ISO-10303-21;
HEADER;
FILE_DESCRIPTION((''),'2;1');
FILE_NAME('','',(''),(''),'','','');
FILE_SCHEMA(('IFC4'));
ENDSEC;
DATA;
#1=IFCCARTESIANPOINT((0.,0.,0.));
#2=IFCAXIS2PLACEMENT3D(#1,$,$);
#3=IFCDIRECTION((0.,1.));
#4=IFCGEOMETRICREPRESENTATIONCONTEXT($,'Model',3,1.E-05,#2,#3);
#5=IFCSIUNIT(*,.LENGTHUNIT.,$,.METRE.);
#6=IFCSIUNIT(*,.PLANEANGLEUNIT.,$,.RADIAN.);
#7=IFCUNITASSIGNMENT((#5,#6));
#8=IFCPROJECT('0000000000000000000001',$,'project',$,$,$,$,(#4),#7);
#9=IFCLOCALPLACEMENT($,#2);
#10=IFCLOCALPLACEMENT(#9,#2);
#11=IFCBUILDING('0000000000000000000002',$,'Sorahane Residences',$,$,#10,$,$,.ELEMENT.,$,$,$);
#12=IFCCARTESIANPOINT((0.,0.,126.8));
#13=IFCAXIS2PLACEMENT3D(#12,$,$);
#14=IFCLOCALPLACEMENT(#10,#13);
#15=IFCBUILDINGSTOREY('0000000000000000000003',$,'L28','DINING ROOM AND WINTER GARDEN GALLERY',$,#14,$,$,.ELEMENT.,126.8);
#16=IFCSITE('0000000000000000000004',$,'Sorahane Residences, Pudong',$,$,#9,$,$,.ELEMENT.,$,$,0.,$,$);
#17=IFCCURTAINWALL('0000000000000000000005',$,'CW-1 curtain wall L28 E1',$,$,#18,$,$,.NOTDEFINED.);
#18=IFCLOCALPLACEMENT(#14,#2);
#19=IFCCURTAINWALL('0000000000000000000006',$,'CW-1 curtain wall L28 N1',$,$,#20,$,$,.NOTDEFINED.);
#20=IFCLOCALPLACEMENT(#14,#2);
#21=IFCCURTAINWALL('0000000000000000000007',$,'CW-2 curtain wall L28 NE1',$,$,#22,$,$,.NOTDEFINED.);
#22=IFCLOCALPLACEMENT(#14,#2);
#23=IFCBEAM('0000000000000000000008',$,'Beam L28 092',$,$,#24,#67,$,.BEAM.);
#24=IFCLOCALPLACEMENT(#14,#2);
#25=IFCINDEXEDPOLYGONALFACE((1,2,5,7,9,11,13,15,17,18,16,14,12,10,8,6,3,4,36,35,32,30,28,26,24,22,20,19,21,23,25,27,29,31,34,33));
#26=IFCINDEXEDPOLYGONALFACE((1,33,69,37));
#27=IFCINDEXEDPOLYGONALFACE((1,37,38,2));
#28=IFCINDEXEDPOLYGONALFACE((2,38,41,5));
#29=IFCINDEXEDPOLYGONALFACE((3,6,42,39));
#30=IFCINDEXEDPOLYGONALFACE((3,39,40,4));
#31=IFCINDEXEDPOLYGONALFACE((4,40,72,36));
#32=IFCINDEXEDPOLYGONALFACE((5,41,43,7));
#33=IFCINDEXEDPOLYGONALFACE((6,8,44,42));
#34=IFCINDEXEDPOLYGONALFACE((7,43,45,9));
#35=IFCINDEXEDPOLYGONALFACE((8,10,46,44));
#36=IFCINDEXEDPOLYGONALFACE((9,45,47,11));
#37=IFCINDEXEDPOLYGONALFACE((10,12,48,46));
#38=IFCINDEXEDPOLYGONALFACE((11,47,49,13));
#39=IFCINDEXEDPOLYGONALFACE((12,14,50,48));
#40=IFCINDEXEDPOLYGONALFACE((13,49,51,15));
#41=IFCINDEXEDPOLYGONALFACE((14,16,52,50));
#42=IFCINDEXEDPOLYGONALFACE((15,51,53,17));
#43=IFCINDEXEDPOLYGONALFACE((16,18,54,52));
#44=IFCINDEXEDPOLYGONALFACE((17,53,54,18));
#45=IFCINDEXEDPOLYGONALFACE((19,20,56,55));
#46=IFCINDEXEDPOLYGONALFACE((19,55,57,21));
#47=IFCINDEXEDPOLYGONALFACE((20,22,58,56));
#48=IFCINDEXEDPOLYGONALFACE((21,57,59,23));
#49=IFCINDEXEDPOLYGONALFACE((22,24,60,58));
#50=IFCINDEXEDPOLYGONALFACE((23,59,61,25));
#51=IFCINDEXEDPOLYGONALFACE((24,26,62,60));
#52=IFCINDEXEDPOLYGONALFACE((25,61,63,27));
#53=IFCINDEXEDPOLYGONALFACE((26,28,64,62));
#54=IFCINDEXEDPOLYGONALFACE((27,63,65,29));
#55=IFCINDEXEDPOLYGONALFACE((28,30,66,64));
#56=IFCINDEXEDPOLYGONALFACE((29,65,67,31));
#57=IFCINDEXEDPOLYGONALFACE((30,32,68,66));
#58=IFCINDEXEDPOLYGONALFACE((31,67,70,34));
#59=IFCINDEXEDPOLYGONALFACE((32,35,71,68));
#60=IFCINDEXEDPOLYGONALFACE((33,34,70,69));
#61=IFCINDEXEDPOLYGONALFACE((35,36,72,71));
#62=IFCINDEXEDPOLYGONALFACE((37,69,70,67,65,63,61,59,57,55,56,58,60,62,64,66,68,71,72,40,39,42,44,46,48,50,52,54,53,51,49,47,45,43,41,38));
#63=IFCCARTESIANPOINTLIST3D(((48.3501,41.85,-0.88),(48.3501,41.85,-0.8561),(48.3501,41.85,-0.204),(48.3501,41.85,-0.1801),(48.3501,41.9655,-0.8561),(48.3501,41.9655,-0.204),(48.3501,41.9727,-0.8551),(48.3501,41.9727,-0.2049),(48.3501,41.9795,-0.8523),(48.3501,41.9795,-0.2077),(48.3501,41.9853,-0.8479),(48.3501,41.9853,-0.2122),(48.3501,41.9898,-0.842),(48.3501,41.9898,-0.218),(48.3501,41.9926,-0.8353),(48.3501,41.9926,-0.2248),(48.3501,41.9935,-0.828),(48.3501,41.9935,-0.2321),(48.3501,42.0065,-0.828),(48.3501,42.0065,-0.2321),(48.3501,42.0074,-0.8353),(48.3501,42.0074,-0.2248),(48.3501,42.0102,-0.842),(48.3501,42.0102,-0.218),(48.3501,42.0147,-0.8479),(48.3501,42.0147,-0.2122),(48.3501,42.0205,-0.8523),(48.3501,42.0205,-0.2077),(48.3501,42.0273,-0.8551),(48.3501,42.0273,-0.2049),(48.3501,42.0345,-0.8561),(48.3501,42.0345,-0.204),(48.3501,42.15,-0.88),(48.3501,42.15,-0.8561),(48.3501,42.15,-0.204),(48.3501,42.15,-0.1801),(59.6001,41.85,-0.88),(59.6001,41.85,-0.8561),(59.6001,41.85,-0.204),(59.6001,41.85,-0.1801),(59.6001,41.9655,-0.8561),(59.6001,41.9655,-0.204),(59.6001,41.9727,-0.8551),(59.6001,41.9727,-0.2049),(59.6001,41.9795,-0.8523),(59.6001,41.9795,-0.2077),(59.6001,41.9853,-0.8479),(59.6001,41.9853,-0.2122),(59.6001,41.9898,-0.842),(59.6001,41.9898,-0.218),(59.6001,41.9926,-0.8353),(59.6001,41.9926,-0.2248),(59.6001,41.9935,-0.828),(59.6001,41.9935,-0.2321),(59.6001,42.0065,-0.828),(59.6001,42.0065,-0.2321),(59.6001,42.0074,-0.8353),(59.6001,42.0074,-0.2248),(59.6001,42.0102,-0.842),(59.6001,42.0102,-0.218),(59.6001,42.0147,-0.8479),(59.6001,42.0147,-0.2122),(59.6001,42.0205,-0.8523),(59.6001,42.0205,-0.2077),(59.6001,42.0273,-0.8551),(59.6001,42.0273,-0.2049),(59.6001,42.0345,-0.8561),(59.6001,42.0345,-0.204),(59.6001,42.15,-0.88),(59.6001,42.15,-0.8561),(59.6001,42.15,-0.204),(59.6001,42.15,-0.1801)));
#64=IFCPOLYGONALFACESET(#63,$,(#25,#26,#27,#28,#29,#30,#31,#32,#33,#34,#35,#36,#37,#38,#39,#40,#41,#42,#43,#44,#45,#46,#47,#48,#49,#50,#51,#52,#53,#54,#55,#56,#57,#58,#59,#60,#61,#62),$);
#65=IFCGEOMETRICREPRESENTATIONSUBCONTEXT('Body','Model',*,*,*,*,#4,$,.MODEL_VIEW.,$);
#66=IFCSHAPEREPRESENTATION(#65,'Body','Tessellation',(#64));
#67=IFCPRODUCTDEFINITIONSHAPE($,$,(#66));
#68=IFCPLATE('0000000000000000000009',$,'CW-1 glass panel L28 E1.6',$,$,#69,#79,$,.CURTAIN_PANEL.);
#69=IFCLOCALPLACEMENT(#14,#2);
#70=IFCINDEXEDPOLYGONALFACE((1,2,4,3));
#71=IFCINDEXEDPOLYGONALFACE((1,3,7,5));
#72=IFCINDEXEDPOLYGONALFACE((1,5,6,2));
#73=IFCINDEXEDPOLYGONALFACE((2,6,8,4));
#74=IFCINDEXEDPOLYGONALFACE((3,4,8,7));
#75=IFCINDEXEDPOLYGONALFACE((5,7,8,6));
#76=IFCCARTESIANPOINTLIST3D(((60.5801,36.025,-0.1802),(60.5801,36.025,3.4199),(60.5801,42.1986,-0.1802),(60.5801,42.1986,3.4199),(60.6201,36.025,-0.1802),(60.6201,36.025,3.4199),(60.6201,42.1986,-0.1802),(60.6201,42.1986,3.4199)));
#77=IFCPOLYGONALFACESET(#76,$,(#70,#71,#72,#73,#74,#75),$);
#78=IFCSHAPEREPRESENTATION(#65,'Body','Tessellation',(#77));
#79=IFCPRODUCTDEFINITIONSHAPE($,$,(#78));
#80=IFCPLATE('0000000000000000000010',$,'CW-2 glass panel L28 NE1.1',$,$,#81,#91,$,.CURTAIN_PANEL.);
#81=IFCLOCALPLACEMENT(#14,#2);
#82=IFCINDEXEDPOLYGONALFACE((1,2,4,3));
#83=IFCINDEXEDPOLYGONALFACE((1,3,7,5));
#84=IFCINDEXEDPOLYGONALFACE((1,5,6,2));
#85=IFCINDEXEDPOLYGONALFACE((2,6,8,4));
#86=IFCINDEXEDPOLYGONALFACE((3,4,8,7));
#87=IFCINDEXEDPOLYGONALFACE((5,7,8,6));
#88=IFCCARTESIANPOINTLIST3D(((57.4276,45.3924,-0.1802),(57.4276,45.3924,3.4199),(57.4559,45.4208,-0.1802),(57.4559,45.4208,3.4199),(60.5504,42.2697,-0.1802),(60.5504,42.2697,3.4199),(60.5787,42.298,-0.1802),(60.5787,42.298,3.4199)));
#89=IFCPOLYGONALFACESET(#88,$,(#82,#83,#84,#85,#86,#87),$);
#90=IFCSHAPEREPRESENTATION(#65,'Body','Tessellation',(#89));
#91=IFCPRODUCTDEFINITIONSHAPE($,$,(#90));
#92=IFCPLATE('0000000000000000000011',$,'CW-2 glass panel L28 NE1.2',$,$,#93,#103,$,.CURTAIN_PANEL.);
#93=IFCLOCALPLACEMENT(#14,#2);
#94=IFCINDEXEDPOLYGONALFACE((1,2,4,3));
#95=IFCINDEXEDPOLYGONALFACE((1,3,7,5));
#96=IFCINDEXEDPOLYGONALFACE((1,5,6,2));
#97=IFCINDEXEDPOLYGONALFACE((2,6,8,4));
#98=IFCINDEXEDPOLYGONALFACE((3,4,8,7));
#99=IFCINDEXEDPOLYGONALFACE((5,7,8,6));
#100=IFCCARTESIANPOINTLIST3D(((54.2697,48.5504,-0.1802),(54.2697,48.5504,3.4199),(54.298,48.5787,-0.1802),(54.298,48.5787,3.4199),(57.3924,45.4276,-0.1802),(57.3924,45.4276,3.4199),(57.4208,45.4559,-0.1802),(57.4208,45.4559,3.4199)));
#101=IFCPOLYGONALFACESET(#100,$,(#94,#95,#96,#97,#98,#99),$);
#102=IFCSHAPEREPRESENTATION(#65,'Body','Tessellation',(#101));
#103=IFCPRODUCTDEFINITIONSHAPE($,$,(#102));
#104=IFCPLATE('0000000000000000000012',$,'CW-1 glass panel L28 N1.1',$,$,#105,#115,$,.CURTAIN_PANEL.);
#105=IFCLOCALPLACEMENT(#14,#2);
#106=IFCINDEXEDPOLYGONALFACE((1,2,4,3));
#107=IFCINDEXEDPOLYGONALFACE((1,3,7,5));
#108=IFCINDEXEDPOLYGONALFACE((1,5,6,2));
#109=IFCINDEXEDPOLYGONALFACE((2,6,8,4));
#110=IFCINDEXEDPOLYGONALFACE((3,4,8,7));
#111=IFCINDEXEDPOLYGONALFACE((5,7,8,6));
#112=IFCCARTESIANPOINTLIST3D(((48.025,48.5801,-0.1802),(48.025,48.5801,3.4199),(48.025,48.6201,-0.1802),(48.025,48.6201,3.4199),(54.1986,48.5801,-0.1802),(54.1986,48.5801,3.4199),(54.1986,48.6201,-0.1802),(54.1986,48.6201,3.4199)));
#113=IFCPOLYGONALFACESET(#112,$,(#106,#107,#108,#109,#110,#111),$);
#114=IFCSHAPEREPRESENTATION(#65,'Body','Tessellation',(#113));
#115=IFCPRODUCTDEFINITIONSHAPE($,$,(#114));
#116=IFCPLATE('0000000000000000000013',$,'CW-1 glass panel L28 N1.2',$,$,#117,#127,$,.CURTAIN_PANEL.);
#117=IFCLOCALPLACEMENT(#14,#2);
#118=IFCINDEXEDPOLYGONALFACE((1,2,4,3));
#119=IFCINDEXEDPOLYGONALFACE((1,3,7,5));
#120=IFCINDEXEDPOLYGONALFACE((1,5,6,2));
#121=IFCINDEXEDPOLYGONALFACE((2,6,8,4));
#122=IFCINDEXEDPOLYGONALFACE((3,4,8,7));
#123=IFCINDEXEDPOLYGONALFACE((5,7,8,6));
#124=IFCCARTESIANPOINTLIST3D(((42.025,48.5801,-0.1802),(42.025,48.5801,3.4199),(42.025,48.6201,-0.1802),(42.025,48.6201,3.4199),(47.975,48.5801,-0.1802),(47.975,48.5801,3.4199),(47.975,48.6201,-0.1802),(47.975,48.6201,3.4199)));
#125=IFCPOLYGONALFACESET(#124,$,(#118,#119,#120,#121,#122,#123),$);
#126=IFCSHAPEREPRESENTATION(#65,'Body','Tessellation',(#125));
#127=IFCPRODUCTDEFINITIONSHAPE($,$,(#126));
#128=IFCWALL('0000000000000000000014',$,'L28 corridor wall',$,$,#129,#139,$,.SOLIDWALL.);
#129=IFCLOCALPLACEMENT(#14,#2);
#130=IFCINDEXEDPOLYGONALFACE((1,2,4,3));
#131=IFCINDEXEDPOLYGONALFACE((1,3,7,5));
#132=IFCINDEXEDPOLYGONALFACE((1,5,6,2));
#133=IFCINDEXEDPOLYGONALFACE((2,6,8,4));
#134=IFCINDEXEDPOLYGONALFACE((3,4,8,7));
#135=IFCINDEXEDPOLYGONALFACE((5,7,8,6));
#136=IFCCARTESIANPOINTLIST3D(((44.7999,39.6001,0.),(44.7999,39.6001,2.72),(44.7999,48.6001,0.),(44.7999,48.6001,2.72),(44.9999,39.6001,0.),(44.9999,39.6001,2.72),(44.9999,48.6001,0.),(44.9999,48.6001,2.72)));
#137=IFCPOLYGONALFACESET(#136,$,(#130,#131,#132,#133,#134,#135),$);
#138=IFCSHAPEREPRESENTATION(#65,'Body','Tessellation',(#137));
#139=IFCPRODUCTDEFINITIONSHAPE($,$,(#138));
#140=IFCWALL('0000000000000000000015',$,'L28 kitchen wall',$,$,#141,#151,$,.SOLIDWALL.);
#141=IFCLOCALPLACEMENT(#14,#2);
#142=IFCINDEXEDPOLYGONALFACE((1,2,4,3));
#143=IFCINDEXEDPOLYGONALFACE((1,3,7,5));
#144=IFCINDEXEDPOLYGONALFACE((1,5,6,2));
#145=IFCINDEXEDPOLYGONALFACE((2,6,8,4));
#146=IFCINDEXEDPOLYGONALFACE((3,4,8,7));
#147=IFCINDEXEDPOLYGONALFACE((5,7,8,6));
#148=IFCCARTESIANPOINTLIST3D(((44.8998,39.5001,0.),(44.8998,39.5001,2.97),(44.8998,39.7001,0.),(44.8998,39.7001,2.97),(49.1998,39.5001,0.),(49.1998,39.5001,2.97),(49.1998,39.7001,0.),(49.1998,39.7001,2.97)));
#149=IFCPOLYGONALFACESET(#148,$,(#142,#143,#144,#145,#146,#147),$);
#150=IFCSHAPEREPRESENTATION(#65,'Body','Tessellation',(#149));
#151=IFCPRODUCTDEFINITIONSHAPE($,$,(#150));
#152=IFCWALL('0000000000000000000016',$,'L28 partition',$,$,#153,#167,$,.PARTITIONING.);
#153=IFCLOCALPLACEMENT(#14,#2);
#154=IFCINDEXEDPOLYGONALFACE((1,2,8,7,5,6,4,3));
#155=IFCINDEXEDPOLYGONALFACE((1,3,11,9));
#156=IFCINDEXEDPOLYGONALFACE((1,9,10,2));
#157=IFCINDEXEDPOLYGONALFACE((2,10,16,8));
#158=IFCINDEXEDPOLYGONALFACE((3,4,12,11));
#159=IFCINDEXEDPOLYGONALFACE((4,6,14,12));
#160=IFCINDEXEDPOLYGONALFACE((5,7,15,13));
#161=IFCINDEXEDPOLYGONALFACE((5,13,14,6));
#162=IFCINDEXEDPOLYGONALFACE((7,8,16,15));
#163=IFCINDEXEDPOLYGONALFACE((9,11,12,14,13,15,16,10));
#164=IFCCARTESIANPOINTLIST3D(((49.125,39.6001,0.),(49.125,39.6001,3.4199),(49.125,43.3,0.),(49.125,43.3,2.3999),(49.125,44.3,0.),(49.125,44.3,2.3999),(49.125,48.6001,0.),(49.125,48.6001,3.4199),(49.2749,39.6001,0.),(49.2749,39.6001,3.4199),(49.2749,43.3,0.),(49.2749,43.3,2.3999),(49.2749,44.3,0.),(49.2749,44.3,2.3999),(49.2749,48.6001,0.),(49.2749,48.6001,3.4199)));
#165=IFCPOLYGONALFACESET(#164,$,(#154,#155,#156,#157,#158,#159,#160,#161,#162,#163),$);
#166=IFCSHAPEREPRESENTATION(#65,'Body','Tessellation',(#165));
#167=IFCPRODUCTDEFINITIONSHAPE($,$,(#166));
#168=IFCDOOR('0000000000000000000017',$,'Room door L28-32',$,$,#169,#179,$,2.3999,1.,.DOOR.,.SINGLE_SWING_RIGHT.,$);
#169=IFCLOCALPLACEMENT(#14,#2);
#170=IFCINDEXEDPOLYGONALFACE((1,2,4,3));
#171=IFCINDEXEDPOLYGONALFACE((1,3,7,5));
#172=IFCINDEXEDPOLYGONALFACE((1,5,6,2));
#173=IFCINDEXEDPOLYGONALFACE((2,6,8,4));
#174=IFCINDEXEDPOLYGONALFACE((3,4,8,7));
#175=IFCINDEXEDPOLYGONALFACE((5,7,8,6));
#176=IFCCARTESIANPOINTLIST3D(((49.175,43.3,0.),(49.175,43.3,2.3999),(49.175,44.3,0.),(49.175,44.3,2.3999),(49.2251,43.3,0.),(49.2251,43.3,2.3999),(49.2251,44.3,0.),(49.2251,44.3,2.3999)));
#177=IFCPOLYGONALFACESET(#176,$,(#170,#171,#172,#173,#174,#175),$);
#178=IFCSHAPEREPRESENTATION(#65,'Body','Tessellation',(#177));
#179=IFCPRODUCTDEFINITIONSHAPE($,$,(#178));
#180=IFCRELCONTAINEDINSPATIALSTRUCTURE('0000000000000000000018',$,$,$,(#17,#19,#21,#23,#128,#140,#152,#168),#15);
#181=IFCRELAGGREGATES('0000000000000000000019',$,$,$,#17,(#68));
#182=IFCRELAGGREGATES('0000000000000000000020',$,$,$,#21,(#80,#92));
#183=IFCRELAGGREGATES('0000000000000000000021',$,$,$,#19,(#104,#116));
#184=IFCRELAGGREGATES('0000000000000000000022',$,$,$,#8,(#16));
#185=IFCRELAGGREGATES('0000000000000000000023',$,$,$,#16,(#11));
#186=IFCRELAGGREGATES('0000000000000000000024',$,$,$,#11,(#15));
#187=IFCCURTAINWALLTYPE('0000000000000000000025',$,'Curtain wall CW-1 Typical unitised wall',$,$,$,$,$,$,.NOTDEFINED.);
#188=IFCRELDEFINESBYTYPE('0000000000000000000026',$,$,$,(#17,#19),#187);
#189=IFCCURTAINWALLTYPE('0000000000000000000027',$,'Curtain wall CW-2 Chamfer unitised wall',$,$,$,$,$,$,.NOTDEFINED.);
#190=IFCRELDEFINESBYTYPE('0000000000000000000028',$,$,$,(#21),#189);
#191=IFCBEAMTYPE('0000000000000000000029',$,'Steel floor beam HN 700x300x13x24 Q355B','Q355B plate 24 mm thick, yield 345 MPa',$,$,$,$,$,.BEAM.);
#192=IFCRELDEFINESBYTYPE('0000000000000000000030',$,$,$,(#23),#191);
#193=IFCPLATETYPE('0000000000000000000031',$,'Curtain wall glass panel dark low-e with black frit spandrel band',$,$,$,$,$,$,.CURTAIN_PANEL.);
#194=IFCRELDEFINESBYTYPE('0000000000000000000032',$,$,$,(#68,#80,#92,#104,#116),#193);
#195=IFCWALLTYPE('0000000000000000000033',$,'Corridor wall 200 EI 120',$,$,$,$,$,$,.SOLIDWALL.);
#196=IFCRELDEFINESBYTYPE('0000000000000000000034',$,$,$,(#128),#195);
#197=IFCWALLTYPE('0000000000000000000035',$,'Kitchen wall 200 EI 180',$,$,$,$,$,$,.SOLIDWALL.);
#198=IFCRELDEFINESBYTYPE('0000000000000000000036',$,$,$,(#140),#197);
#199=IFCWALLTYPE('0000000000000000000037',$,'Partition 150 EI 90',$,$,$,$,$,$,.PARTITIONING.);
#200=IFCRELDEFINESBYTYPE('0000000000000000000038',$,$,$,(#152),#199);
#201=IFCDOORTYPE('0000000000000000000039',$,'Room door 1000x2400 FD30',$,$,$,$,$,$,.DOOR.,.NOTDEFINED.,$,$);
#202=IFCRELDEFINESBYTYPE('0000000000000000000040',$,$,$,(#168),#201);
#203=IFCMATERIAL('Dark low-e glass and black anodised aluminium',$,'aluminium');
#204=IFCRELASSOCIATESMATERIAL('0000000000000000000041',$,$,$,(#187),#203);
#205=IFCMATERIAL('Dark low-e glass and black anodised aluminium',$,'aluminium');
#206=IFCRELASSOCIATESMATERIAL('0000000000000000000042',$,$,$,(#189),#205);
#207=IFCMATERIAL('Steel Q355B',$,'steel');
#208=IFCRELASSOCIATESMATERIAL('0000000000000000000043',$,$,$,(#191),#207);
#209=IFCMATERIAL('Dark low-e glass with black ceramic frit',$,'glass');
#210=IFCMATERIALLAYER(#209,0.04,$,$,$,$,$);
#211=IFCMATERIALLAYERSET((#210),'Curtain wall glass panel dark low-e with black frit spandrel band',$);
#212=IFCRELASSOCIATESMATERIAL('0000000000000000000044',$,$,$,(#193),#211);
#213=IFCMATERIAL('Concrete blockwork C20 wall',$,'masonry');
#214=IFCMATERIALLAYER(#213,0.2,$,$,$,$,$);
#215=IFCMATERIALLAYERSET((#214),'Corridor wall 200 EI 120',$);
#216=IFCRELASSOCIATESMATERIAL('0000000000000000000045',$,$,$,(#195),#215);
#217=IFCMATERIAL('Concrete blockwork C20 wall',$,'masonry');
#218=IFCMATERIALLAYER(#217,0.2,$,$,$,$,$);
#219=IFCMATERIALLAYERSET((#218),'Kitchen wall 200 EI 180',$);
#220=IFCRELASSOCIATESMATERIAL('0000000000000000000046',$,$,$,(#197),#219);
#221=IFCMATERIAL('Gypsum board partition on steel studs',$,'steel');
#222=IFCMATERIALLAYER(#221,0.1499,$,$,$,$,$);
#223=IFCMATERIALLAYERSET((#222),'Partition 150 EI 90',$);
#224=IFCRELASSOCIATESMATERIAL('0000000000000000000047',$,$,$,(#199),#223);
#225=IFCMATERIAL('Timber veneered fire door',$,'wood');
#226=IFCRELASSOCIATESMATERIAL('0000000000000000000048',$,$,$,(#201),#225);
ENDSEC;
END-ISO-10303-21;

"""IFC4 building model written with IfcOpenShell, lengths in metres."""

from ifc_helpers import new_model, si_unit, direction, frame, frame_2d, origin, origin_2d, place, context, subcontext, project, spatial, rectangle, i_section, extrude, material, layer, layer_set, material_profile, profile_set, type_object, element, fill, aggregate, save


model = new_model("IFC4")

# Units and contexts
model_context = context("Model", 3, precision=1e-05, world=origin(), true_north=direction((0.0, 1.0)))
body_context = subcontext(model_context, "Body", "Model", "MODEL_VIEW")
ifc_project = project(units=[si_unit("LENGTHUNIT", "METRE"), si_unit("PLANEANGLEUNIT", "RADIAN")], contexts=[model_context])

# Site, building, storey
site_placement = place(None, origin())
site = spatial("IfcSite", under=ifc_project, at=site_placement, Name="Sorahane Residences, Pudong", CompositionType="ELEMENT", RefElevation=0.0)
building_placement = place(site_placement, origin())
building = spatial("IfcBuilding", under=site, at=building_placement, Name="Sorahane Residences", CompositionType="ELEMENT")
storey_placement = place(building_placement, frame((0.0, 0.0, 126.8)))
storey = spatial("IfcBuildingStorey", under=building, at=storey_placement, Name="L28", Description="DINING ROOM AND WINTER GARDEN GALLERY", CompositionType="ELEMENT", Elevation=126.8)

# Curtain wall
ifc_material_1 = material(Name="Dark low-e glass and black anodised aluminium", Category="aluminium")
curtain_wall_type_1 = type_object("IfcCurtainWallType", Name="Curtain wall CW-1 Typical unitised wall", PredefinedType="NOTDEFINED", material=ifc_material_1)
curtain_wall_1_placement = place(storey_placement, origin())
curtain_wall_1 = element("IfcCurtainWall", 1, at=curtain_wall_1_placement, inside=storey, type_object=curtain_wall_type_1, Name="CW-1 curtain wall L28 E1", PredefinedType="NOTDEFINED")

# Curtain wall
curtain_wall_2_placement = place(storey_placement, origin())
curtain_wall_2 = element("IfcCurtainWall", 2, at=curtain_wall_2_placement, inside=storey, type_object=curtain_wall_type_1, Name="CW-1 curtain wall L28 N1", PredefinedType="NOTDEFINED")

# Curtain wall
ifc_material_2 = material(Name="Dark low-e glass and black anodised aluminium", Category="aluminium")
curtain_wall_type_2 = type_object("IfcCurtainWallType", Name="Curtain wall CW-2 Chamfer unitised wall", PredefinedType="NOTDEFINED", material=ifc_material_2)
curtain_wall_3_placement = place(storey_placement, origin())
curtain_wall_3 = element("IfcCurtainWall", 3, at=curtain_wall_3_placement, inside=storey, type_object=curtain_wall_type_2, Name="CW-2 curtain wall L28 NE1", PredefinedType="NOTDEFINED")

# Beam
ifc_material_3 = material(Name="Steel Q355B", Category="steel")
ifc_material_profile_1 = material_profile(ifc_material_3, i_section(OverallWidth=0.3, OverallDepth=0.7, WebThickness=0.0129, FlangeThickness=0.0239, FilletRadius=0.0281, at=origin_2d()), Name="HN 700x300x13x24")
ifc_profile_set_1 = profile_set([ifc_material_profile_1], Name="Steel Q355B")
beam_type_1 = type_object("IfcBeamType", Name="Steel floor beam HN 700x300x13x24 Q355B", Description="Q355B plate 24 mm thick, yield 345 MPa", PredefinedType="BEAM", material=ifc_profile_set_1)
beam_1_placement = place(storey_placement, frame((48.3501, 42.0, -0.53), z_axis=(1.0, 0.0, 0.0), x_axis=(0.0, 1.0, 0.0)))
element("IfcBeam", 4, at=beam_1_placement, inside=storey, type_object=beam_type_1, Name="Beam L28 092", PredefinedType="BEAM", context=body_context, shape_type="SweptSolid", body=[
    extrude(i_section(OverallWidth=0.3, OverallDepth=0.7, WebThickness=0.0129, FlangeThickness=0.0239, FilletRadius=0.0281, at=origin_2d()), origin(), (0.0, 0.0, 1.0), 11.25),
])

# Plates
ifc_material_4 = material(Name="Dark low-e glass with black ceramic frit", Category="glass")
ifc_layer_1 = layer(ifc_material_4, 0.04)
ifc_layer_set_1 = layer_set([ifc_layer_1], Name="Curtain wall glass panel dark low-e with black frit spandrel band")
plate_type = type_object("IfcPlateType", Name="Curtain wall glass panel dark low-e with black frit spandrel band", PredefinedType="CURTAIN_PANEL", material=ifc_layer_set_1)
plate_1_placement = place(storey_placement, frame((60.6001, 39.1118, -0.1802), z_axis=(0.0, 0.0, 1.0), x_axis=(0.0, 1.0, 0.0)))
plate_1 = element("IfcPlate", 5, at=plate_1_placement, type_object=plate_type, Name="CW-1 glass panel L28 E1.6", PredefinedType="CURTAIN_PANEL", context=body_context, shape_type="SweptSolid", body=[
    extrude(rectangle(XDim=6.1736, YDim=0.04, at=origin_2d()), origin(), (0.0, 0.0, 1.0), 3.6001),
])
aggregate(curtain_wall_1, [plate_1])
plate_2_placement = place(storey_placement, frame((59.0032, 43.8452, -0.1802), z_axis=(0.0, 0.0, 1.0), x_axis=(-0.707107, 0.707107, 0.0)))
plate_2 = element("IfcPlate", 6, at=plate_2_placement, type_object=plate_type, Name="CW-2 glass panel L28 NE1.1", PredefinedType="CURTAIN_PANEL", context=body_context, shape_type="SweptSolid", body=[
    extrude(rectangle(XDim=4.4163, YDim=0.04, at=origin_2d()), origin(), (0.0, 0.0, 1.0), 3.6001),
])
plate_3_placement = place(storey_placement, frame((55.8452, 47.0032, -0.1802), z_axis=(0.0, 0.0, 1.0), x_axis=(-0.707107, 0.707107, 0.0)))
plate_3 = element("IfcPlate", 7, at=plate_3_placement, type_object=plate_type, Name="CW-2 glass panel L28 NE1.2", PredefinedType="CURTAIN_PANEL", context=body_context, shape_type="SweptSolid", body=[
    extrude(rectangle(XDim=4.4163, YDim=0.04, at=origin_2d()), origin(), (0.0, 0.0, 1.0), 3.6001),
])
aggregate(curtain_wall_3, [plate_2, plate_3])
plate_4_placement = place(storey_placement, frame((51.1118, 48.6001, -0.1802), z_axis=(0.0, 0.0, 1.0), x_axis=(-1.0, 0.0, 0.0)))
plate_4 = element("IfcPlate", 8, at=plate_4_placement, type_object=plate_type, Name="CW-1 glass panel L28 N1.1", PredefinedType="CURTAIN_PANEL", context=body_context, shape_type="SweptSolid", body=[
    extrude(rectangle(XDim=6.1736, YDim=0.04, at=origin_2d()), origin(), (0.0, 0.0, 1.0), 3.6001),
])
plate_5_placement = place(storey_placement, frame((45.0, 48.6001, -0.1802), z_axis=(0.0, 0.0, 1.0), x_axis=(-1.0, 0.0, 0.0)))
plate_5 = element("IfcPlate", 9, at=plate_5_placement, type_object=plate_type, Name="CW-1 glass panel L28 N1.2", PredefinedType="CURTAIN_PANEL", context=body_context, shape_type="SweptSolid", body=[
    extrude(rectangle(XDim=5.95, YDim=0.04, at=origin_2d()), origin(), (0.0, 0.0, 1.0), 3.6001),
])
aggregate(curtain_wall_2, [plate_4, plate_5])

# Walls
ifc_material_5 = material(Name="Concrete blockwork C20 wall", Category="masonry")
ifc_layer_2 = layer(ifc_material_5, 0.2)
ifc_layer_set_2 = layer_set([ifc_layer_2], Name="Corridor wall 200 EI 120")
wall_type_1 = type_object("IfcWallType", Name="Corridor wall 200 EI 120", PredefinedType="SOLIDWALL", material=ifc_layer_set_2)
wall_1_placement = place(storey_placement, frame((44.8999, 39.6001, 0.0), z_axis=(0.0, 0.0, 1.0), x_axis=(0.0, 1.0, 0.0)))
element("IfcWall", 10, at=wall_1_placement, inside=storey, type_object=wall_type_1, Name="L28 corridor wall", PredefinedType="SOLIDWALL", context=body_context, shape_type="SweptSolid", body=[
    extrude(rectangle(XDim=9.0, YDim=0.2, at=frame_2d((4.5, 0.0))), origin(), (0.0, 0.0, 1.0), 2.72),
])
ifc_material_6 = material(Name="Concrete blockwork C20 wall", Category="masonry")
ifc_layer_3 = layer(ifc_material_6, 0.2)
ifc_layer_set_3 = layer_set([ifc_layer_3], Name="Kitchen wall 200 EI 180")
wall_type_2 = type_object("IfcWallType", Name="Kitchen wall 200 EI 180", PredefinedType="SOLIDWALL", material=ifc_layer_set_3)
wall_2_placement = place(storey_placement, frame((44.8999, 39.6001, 0.0), z_axis=(0.0, 0.0, 1.0), x_axis=(1.0, 0.0, 0.0)))
element("IfcWall", 11, at=wall_2_placement, inside=storey, type_object=wall_type_2, Name="L28 kitchen wall", PredefinedType="SOLIDWALL", context=body_context, shape_type="SweptSolid", body=[
    extrude(rectangle(XDim=4.3, YDim=0.2, at=frame_2d((2.1499, 0.0))), origin(), (0.0, 0.0, 1.0), 2.97),
])

# Wall, opening, door
ifc_material_7 = material(Name="Gypsum board partition on steel studs", Category="steel")
ifc_layer_4 = layer(ifc_material_7, 0.1499)
ifc_layer_set_4 = layer_set([ifc_layer_4], Name="Partition 150 EI 90")
wall_type_3 = type_object("IfcWallType", Name="Partition 150 EI 90", PredefinedType="PARTITIONING", material=ifc_layer_set_4)
wall_3_placement = place(storey_placement, frame((49.2, 39.6001, 0.0), z_axis=(0.0, 0.0, 1.0), x_axis=(0.0, 1.0, 0.0)))
wall_3 = element("IfcWall", 12, at=wall_3_placement, inside=storey, type_object=wall_type_3, Name="L28 partition", PredefinedType="PARTITIONING", context=body_context, shape_type="SweptSolid", body=[
    extrude(rectangle(XDim=9.0, YDim=0.1499, at=frame_2d((4.5, 0.0))), origin(), (0.0, 0.0, 1.0), 3.4199),
])
opening_placement = place(wall_3_placement, frame((3.7, 0.0, 0.0)))
opening = element("IfcOpeningElement", 13, at=opening_placement, cuts=wall_3, PredefinedType="OPENING", context=body_context, shape_type="SweptSolid", body=[
    extrude(rectangle(XDim=1.0, YDim=2.3999, at=frame_2d((0.5, 1.2))), frame((0.0, 0.085, 0.0), z_axis=(0.0, -1.0, 0.0), x_axis=(1.0, 0.0, 0.0)), (0.0, 0.0, 1.0), 0.1699),
])
ifc_material_8 = material(Name="Timber veneered fire door", Category="wood")
door_type = type_object("IfcDoorType", Name="Room door 1000x2400 FD30", OperationType="NOTDEFINED", PredefinedType="DOOR", material=ifc_material_8)
door_placement = place(opening_placement, origin())
door = element("IfcDoor", 14, at=door_placement, inside=storey, type_object=door_type, Name="Room door L28-32", OperationType="SINGLE_SWING_RIGHT", OverallHeight=2.3999, OverallWidth=1.0, PredefinedType="DOOR", context=body_context, shape_type="SweptSolid", body=[
    extrude(rectangle(XDim=1.0, YDim=2.3999, at=frame_2d((0.5, 1.2))), frame((0.0, 0.0249, 0.0), z_axis=(0.0, -1.0, 0.0), x_axis=(1.0, 0.0, 0.0)), (0.0, 0.0, 1.0), 0.05),
])
fill(opening, door)

save(model, "model.ifc")
